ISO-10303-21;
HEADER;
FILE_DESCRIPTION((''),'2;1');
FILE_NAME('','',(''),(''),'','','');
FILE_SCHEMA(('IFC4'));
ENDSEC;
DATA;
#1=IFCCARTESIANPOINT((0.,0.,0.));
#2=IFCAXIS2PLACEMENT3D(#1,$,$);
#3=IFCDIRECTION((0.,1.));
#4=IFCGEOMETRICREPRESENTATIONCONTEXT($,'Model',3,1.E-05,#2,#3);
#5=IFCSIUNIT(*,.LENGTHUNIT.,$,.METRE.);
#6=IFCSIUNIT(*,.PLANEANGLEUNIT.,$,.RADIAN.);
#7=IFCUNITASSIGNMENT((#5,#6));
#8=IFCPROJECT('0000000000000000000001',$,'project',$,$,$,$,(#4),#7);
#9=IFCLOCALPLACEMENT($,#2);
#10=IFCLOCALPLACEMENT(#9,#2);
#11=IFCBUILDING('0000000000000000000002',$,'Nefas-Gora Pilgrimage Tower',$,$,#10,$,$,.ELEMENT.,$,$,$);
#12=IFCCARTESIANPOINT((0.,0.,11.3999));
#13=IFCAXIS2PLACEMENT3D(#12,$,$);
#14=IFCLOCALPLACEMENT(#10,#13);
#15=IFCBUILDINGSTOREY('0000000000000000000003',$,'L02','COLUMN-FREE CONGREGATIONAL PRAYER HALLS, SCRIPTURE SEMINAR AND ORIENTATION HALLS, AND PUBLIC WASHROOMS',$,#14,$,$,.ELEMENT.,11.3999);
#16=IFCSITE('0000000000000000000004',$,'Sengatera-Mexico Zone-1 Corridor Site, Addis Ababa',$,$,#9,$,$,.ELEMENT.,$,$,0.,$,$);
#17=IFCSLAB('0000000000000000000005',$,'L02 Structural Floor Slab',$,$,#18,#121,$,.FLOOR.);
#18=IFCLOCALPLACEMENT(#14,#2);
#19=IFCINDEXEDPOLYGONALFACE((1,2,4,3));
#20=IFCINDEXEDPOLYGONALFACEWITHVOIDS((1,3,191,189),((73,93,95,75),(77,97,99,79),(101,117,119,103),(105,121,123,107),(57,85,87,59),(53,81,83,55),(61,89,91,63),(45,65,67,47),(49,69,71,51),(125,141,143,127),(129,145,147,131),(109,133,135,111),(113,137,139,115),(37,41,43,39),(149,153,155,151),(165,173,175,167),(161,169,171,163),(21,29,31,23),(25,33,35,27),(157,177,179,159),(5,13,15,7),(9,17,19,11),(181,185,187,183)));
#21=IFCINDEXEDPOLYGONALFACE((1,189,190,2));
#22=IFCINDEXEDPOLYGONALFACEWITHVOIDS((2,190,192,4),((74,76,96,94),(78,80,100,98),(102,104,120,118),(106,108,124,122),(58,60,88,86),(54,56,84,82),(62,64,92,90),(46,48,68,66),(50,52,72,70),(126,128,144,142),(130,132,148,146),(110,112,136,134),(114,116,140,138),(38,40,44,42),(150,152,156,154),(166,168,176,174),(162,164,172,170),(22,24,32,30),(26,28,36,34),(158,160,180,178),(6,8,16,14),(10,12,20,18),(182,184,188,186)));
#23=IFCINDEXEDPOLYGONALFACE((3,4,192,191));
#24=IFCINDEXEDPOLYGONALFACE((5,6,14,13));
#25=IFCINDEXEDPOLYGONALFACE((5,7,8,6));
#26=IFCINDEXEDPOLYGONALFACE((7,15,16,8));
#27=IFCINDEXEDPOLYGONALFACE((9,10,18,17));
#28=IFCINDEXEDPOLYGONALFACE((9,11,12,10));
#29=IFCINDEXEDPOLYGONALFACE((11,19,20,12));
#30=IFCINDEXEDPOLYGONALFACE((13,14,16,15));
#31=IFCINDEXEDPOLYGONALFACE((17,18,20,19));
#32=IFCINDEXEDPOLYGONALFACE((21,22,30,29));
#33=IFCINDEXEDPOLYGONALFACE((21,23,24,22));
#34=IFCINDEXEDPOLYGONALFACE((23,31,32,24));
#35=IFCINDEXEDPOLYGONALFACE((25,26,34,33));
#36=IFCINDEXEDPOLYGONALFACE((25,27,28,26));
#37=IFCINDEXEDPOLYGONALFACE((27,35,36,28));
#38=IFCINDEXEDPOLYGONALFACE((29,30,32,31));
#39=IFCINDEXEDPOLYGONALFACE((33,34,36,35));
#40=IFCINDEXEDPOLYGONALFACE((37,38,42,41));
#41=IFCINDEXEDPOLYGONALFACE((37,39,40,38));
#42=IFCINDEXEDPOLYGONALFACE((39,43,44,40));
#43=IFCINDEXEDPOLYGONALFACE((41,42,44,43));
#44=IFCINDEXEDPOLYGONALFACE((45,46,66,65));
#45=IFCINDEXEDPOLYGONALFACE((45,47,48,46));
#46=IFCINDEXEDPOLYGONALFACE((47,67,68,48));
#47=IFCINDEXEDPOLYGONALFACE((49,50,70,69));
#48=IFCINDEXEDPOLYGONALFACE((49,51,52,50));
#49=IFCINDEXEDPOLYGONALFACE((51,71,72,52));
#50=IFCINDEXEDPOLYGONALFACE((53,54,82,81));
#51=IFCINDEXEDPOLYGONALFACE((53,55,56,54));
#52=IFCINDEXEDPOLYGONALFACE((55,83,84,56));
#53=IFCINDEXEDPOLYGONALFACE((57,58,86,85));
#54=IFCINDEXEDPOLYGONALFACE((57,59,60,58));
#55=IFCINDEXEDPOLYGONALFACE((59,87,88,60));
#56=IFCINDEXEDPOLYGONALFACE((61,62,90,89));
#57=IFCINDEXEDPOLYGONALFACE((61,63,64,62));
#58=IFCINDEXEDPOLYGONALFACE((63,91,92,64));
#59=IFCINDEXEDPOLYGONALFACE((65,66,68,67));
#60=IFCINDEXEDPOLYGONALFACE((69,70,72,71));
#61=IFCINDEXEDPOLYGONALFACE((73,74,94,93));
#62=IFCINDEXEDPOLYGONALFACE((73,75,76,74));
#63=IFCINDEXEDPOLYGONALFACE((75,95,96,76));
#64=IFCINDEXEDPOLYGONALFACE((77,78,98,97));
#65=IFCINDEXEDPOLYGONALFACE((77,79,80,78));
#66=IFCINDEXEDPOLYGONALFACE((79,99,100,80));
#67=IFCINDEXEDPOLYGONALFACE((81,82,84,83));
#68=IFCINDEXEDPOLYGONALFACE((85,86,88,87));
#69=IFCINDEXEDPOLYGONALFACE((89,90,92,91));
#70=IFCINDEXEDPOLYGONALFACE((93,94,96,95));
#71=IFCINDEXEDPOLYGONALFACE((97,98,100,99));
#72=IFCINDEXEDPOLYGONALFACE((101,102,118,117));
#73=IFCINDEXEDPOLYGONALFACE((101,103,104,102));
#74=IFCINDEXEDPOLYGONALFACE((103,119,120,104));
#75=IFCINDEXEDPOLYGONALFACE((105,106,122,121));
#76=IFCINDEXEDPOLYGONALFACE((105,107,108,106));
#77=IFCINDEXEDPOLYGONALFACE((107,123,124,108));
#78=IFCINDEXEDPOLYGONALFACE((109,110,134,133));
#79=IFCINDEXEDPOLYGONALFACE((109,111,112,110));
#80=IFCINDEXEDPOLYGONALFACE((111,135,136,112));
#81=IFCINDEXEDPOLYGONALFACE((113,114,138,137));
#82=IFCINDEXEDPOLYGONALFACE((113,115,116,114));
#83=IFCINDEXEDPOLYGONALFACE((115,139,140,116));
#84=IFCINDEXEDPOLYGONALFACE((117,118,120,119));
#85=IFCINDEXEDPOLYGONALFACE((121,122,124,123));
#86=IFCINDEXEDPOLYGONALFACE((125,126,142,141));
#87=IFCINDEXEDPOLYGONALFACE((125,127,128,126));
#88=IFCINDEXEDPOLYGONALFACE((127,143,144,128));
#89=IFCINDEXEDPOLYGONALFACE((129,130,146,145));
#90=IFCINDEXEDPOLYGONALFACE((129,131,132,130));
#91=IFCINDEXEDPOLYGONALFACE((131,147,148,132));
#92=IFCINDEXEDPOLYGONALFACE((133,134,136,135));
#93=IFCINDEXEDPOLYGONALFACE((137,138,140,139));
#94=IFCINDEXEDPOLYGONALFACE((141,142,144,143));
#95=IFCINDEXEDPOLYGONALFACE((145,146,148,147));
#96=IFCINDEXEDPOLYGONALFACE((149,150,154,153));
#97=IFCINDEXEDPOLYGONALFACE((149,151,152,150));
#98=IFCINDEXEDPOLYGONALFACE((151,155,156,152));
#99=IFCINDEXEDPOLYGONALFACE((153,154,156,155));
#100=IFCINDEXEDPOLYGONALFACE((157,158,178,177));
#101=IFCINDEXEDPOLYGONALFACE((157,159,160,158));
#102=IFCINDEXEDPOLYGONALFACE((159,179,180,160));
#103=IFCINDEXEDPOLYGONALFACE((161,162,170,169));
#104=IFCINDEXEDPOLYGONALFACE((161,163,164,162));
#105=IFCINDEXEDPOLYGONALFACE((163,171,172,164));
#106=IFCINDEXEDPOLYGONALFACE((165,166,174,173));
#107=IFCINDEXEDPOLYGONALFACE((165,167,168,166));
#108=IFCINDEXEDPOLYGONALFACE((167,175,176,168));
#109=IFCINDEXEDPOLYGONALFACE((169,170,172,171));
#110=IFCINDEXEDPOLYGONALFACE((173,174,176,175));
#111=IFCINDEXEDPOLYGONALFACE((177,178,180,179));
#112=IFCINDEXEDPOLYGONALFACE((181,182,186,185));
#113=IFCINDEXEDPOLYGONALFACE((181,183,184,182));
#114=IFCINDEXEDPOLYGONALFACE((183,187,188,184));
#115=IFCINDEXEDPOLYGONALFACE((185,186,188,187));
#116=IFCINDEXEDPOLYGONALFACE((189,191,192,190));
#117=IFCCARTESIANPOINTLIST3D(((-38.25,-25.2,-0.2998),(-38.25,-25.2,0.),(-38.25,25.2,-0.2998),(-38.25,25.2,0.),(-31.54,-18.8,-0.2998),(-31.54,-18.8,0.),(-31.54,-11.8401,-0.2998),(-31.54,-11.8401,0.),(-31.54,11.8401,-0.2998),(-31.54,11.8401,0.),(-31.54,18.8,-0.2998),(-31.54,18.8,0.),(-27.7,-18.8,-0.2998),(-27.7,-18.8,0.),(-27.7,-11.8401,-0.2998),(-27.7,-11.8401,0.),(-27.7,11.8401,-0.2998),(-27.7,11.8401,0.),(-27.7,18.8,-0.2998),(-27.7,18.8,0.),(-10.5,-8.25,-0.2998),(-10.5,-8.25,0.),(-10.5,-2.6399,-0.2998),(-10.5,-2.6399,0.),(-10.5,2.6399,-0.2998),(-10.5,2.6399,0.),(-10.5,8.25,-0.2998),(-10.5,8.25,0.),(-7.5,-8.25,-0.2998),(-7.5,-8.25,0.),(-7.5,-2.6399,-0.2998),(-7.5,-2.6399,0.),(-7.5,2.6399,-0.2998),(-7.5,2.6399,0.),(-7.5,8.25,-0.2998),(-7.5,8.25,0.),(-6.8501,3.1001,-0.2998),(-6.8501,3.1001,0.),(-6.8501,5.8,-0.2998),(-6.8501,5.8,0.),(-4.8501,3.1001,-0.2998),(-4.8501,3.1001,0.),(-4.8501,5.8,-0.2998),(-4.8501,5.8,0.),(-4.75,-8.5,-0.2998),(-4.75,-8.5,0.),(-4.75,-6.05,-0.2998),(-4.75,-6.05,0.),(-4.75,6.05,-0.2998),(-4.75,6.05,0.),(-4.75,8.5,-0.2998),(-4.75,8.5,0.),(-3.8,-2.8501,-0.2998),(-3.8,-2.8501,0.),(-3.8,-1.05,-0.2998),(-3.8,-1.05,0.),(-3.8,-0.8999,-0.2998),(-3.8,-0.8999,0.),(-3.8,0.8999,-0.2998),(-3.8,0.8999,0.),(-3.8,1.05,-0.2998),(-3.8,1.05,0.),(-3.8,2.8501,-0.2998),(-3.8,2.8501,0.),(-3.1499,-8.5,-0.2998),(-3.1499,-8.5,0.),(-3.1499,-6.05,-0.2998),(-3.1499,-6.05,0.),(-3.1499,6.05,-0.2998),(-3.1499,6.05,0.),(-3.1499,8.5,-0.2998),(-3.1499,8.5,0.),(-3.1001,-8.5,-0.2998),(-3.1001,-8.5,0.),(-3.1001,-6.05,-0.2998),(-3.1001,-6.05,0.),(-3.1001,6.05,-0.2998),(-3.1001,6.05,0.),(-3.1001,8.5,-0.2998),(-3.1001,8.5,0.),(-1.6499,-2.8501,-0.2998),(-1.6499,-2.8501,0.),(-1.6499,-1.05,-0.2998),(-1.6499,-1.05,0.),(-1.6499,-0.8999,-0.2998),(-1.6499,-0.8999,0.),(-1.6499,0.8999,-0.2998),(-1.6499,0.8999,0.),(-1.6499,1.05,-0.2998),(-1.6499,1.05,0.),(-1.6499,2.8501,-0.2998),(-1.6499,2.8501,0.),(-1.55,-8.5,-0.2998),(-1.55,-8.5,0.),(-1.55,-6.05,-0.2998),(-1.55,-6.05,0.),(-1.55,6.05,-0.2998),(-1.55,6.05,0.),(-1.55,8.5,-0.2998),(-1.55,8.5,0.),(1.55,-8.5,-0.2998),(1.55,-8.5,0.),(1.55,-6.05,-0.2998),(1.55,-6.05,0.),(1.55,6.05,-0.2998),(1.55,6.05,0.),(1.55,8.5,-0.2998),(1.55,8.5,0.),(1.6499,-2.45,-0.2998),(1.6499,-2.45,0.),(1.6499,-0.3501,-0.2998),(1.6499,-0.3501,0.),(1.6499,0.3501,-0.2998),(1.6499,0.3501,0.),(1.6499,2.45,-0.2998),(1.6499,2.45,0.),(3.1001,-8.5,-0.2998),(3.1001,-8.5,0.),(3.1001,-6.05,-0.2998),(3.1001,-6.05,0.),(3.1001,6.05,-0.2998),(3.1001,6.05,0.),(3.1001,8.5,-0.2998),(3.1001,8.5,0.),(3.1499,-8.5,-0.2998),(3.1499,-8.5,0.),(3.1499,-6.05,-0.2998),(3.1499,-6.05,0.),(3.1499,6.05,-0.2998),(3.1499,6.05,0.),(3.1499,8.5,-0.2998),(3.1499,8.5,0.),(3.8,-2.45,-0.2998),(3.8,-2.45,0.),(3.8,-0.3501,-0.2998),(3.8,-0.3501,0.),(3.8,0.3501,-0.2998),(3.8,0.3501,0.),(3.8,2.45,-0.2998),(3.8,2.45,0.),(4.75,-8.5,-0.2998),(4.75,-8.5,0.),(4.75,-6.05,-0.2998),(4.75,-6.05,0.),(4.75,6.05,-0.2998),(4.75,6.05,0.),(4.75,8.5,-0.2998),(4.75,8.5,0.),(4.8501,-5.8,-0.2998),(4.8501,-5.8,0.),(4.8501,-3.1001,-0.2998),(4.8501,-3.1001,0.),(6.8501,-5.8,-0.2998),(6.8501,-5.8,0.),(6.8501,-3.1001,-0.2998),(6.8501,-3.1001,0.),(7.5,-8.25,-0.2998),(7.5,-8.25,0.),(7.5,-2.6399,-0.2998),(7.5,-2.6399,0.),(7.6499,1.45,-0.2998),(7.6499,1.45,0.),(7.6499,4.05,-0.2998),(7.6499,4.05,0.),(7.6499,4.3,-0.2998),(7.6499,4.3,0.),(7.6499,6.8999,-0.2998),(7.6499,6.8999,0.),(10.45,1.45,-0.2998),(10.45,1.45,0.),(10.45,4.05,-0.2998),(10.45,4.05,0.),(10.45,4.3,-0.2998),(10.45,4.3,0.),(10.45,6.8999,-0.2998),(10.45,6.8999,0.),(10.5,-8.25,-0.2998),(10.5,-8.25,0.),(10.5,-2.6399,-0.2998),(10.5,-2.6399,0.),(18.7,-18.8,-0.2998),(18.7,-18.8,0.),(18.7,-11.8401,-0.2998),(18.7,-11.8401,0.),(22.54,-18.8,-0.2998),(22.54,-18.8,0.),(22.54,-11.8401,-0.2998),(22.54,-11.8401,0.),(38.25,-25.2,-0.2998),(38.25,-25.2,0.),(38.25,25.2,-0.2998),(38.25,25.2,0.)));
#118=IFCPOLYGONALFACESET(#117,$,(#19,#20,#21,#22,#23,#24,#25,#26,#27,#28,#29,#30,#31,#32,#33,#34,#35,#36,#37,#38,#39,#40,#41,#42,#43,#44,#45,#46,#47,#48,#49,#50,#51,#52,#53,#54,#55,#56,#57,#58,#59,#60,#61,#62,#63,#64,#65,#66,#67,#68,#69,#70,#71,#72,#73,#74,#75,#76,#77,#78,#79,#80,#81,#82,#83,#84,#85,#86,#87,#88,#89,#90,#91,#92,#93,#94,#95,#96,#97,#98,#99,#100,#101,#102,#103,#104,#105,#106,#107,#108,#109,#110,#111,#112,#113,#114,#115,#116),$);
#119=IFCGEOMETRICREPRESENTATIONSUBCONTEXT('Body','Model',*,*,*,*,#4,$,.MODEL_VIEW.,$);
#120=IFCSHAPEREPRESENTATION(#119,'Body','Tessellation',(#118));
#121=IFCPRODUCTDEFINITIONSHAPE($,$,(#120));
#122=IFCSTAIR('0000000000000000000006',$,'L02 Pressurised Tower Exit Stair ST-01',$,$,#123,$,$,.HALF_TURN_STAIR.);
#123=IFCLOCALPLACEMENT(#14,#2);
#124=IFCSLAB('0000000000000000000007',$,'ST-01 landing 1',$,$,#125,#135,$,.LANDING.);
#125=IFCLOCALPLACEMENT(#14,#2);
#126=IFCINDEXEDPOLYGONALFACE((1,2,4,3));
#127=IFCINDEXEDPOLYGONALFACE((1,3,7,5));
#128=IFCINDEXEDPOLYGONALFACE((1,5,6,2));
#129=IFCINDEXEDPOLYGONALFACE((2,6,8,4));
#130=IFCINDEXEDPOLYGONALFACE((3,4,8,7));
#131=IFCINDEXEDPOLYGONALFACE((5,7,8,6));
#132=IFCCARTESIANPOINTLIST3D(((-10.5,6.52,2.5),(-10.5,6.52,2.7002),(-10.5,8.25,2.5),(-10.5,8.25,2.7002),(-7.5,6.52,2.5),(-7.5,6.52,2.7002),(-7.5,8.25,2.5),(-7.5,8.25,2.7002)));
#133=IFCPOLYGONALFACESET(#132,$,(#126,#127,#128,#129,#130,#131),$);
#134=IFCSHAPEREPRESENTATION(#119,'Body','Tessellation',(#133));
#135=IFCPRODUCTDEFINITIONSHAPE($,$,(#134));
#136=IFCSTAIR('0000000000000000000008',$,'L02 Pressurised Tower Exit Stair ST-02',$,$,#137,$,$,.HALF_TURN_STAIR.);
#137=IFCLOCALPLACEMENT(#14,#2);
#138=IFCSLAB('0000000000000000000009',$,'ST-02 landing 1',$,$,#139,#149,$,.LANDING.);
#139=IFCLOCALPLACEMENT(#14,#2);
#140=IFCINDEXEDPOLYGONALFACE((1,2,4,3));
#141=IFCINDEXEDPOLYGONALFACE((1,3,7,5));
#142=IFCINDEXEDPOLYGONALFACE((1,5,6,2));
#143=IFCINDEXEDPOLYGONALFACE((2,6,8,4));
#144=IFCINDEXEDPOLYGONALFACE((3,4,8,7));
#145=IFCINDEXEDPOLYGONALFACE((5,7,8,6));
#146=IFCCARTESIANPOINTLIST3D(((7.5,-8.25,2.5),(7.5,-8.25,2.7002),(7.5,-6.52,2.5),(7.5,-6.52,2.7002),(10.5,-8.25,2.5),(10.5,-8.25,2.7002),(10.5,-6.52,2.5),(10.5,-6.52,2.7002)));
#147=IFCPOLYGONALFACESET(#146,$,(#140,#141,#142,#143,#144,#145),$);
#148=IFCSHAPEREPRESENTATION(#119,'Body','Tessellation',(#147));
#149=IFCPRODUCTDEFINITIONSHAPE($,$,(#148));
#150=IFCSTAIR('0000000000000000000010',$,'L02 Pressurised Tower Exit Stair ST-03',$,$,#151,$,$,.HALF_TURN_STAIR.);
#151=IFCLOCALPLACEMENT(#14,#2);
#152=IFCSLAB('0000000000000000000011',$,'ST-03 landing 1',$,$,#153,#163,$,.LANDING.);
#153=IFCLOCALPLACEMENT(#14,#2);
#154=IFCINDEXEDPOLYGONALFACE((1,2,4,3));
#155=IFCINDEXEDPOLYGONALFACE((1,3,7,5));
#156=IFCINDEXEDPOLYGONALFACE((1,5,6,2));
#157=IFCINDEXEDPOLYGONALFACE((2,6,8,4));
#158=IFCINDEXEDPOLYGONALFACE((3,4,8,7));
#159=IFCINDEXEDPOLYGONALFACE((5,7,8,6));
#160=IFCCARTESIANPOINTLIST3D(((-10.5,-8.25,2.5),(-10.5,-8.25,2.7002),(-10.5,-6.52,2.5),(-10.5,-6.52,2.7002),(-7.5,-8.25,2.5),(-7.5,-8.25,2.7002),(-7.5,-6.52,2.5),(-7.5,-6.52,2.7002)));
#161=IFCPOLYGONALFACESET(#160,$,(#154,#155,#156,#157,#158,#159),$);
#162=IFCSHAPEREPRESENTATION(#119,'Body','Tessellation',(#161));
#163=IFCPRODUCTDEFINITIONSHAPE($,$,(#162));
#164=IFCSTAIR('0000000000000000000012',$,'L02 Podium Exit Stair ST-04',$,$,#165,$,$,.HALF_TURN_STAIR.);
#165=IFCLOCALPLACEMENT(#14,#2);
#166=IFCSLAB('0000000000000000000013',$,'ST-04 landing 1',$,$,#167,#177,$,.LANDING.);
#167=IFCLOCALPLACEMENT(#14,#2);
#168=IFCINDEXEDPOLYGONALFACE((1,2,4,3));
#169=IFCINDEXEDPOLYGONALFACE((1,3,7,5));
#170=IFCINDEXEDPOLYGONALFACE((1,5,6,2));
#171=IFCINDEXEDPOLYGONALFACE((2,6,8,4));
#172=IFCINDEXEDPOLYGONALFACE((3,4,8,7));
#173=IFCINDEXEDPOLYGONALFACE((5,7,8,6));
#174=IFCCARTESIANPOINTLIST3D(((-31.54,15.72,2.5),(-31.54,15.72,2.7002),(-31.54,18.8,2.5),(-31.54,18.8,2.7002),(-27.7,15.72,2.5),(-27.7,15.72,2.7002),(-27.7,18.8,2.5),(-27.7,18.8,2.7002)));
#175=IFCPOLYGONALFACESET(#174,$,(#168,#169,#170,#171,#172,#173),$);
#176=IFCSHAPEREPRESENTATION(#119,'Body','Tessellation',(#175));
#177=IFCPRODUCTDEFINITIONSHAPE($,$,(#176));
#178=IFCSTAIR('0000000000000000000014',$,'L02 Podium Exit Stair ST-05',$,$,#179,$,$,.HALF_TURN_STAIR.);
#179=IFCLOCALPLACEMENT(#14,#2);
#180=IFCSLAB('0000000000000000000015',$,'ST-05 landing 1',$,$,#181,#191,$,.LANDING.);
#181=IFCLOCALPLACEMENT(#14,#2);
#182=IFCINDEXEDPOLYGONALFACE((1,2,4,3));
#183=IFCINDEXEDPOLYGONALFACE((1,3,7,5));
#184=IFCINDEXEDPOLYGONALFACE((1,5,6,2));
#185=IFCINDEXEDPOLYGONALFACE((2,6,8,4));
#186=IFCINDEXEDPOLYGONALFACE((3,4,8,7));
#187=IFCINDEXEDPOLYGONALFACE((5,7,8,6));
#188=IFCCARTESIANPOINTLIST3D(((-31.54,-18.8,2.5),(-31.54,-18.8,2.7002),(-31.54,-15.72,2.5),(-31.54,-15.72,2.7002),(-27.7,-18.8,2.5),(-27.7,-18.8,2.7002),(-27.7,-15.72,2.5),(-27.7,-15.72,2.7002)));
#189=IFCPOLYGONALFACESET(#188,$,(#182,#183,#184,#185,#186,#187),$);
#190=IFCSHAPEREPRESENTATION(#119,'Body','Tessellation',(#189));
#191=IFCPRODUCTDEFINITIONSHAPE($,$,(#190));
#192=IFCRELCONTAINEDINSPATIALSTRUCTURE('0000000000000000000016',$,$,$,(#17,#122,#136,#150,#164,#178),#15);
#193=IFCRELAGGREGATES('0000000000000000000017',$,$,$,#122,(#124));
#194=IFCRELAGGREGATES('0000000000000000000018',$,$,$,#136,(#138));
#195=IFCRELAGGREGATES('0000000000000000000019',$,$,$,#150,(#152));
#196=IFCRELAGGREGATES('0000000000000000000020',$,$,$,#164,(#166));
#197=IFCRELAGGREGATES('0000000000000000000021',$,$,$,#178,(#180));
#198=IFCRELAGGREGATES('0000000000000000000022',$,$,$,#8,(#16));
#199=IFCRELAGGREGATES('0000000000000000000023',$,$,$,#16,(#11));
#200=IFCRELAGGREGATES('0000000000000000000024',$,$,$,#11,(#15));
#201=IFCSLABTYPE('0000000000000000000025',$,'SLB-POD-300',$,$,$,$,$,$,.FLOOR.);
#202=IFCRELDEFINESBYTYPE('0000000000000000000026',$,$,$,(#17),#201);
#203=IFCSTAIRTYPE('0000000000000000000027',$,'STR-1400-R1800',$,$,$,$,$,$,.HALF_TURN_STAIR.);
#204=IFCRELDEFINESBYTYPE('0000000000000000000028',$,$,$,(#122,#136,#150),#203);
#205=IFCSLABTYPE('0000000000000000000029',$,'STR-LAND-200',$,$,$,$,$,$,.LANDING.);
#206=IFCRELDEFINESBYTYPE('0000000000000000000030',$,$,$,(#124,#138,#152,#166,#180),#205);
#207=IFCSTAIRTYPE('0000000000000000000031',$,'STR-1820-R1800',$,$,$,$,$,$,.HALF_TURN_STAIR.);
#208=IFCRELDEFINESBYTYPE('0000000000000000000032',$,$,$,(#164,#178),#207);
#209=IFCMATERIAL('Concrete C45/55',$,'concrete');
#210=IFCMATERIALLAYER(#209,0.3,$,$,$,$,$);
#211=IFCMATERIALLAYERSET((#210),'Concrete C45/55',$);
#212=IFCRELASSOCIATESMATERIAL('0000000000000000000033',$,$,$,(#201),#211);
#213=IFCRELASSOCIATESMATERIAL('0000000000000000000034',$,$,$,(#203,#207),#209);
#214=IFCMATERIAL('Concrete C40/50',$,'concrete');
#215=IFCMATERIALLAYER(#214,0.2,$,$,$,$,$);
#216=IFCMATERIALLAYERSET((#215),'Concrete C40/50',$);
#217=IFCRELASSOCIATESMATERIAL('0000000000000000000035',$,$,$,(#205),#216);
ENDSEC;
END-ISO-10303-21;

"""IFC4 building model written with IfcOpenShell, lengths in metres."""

from ifc_helpers import new_model, si_unit, direction, frame, origin, place, context, subcontext, project, spatial, polyline, outline, extrude, material, layer, layer_set, type_object, element, aggregate, save


model = new_model("IFC4")

# Units and contexts
model_context = context("Model", 3, precision=1e-05, world=origin(), true_north=direction((0.0, 1.0)))
body_context = subcontext(model_context, "Body", "Model", "MODEL_VIEW")
ifc_project = project(units=[si_unit("LENGTHUNIT", "METRE"), si_unit("PLANEANGLEUNIT", "RADIAN")], contexts=[model_context])

# Site, building, storey
site_placement = place(None, origin())
site = spatial("IfcSite", under=ifc_project, at=site_placement, Name="Sengatera-Mexico Zone-1 Corridor Site, Addis Ababa", CompositionType="ELEMENT", RefElevation=0.0)
building_placement = place(site_placement, origin())
building = spatial("IfcBuilding", under=site, at=building_placement, Name="Nefas-Gora Pilgrimage Tower", CompositionType="ELEMENT")
storey_placement = place(building_placement, frame((0.0, 0.0, 11.3999)))
storey = spatial("IfcBuildingStorey", under=building, at=storey_placement, Name="L02", Description="COLUMN-FREE CONGREGATIONAL PRAYER HALLS, SCRIPTURE SEMINAR AND ORIENTATION HALLS, AND PUBLIC WASHROOMS", CompositionType="ELEMENT", Elevation=11.3999)

# Slab
ifc_material_1 = material(Name="Concrete C45/55", Category="concrete")
ifc_layer_1 = layer(ifc_material_1, 0.3)
ifc_layer_set_1 = layer_set([ifc_layer_1], Name="Concrete C45/55")
slab_type_1 = type_object("IfcSlabType", Name="SLB-POD-300", PredefinedType="FLOOR", material=ifc_layer_set_1)
slab_1_placement = place(storey_placement, frame((0.0, 0.0, -0.2998)))
element("IfcSlab", 1, at=slab_1_placement, inside=storey, type_object=slab_type_1, Name="L02 Structural Floor Slab", PredefinedType="FLOOR", context=body_context, shape_type="SweptSolid", body=[
    extrude(outline(polyline([(38.25, -25.2), (38.25, 25.2), (-38.25, 25.2), (-38.25, -25.2), (38.25, -25.2)]), holes=[polyline([(-10.5, 2.6399), (-10.5, 8.25), (-7.5, 8.25), (-7.5, 2.6399), (-10.5, 2.6399)]), polyline([(10.5, -2.6399), (10.5, -8.25), (7.5, -8.25), (7.5, -2.6399), (10.5, -2.6399)]), polyline([(-7.5, -2.6399), (-7.5, -8.25), (-10.5, -8.25), (-10.5, -2.6399), (-7.5, -2.6399)]), polyline([(-31.54, 11.8401), (-31.54, 18.8), (-27.7, 18.8), (-27.7, 11.8401), (-31.54, 11.8401)]), polyline([(-27.7, -11.8401), (-27.7, -18.8), (-31.54, -18.8), (-31.54, -11.8401), (-27.7, -11.8401)]), polyline([(22.54, -11.8401), (22.54, -18.8), (18.7, -18.8), (18.7, -11.8401), (22.54, -11.8401)]), polyline([(-6.8501, 5.8), (-4.8501, 5.8), (-4.8501, 3.1001), (-6.8501, 3.1001), (-6.8501, 5.8)]), polyline([(4.8501, -3.1001), (6.8501, -3.1001), (6.8501, -5.8), (4.8501, -5.8), (4.8501, -3.1001)]), polyline([(7.6499, 4.05), (10.45, 4.05), (10.45, 1.45), (7.6499, 1.45), (7.6499, 4.05)]), polyline([(7.6499, 6.8999), (10.45, 6.8999), (10.45, 4.3), (7.6499, 4.3), (7.6499, 6.8999)]), polyline([(-4.75, 8.5), (-3.1499, 8.5), (-3.1499, 6.05), (-4.75, 6.05), (-4.75, 8.5)]), polyline([(-3.1001, 8.5), (-1.55, 8.5), (-1.55, 6.05), (-3.1001, 6.05), (-3.1001, 8.5)]), polyline([(1.55, 8.5), (3.1001, 8.5), (3.1001, 6.05), (1.55, 6.05), (1.55, 8.5)]), polyline([(3.1499, 8.5), (4.75, 8.5), (4.75, 6.05), (3.1499, 6.05), (3.1499, 8.5)]), polyline([(-4.75, -6.05), (-3.1499, -6.05), (-3.1499, -8.5), (-4.75, -8.5), (-4.75, -6.05)]), polyline([(-3.1001, -6.05), (-1.55, -6.05), (-1.55, -8.5), (-3.1001, -8.5), (-3.1001, -6.05)]), polyline([(1.55, -6.05), (3.1001, -6.05), (3.1001, -8.5), (1.55, -8.5), (1.55, -6.05)]), polyline([(3.1499, -6.05), (4.75, -6.05), (4.75, -8.5), (3.1499, -8.5), (3.1499, -6.05)]), polyline([(-3.8, -1.05), (-1.6499, -1.05), (-1.6499, -2.8501), (-3.8, -2.8501), (-3.8, -1.05)]), polyline([(-3.8, 0.8999), (-1.6499, 0.8999), (-1.6499, -0.8999), (-3.8, -0.8999), (-3.8, 0.8999)]), polyline([(-3.8, 2.8501), (-1.6499, 2.8501), (-1.6499, 1.05), (-3.8, 1.05), (-3.8, 2.8501)]), polyline([(1.6499, -0.3501), (3.8, -0.3501), (3.8, -2.45), (1.6499, -2.45), (1.6499, -0.3501)]), polyline([(1.6499, 2.45), (3.8, 2.45), (3.8, 0.3501), (1.6499, 0.3501), (1.6499, 2.45)])]), origin(), (0.0, 0.0, 1.0), 0.2998),
])

# Stairs, slabs
stair_type_1 = type_object("IfcStairType", Name="STR-1400-R1800", PredefinedType="HALF_TURN_STAIR", material=ifc_material_1)
stair_1_placement = place(storey_placement, origin())
stair_1 = element("IfcStair", 2, at=stair_1_placement, inside=storey, type_object=stair_type_1, Name="L02 Pressurised Tower Exit Stair ST-01", PredefinedType="HALF_TURN_STAIR")
ifc_material_2 = material(Name="Concrete C40/50", Category="concrete")
ifc_layer_2 = layer(ifc_material_2, 0.2)
ifc_layer_set_2 = layer_set([ifc_layer_2], Name="Concrete C40/50")
slab_type_2 = type_object("IfcSlabType", Name="STR-LAND-200", PredefinedType="LANDING", material=ifc_layer_set_2)
slab_2_placement = place(storey_placement, frame((0.0, 0.0, 2.5)))
slab_2 = element("IfcSlab", 3, at=slab_2_placement, type_object=slab_type_2, Name="ST-01 landing 1", PredefinedType="LANDING", context=body_context, shape_type="SweptSolid", body=[
    extrude(outline(polyline([(-7.5, 6.52), (-7.5, 8.25), (-10.5, 8.25), (-10.5, 6.52), (-7.5, 6.52)])), origin(), (0.0, 0.0, 1.0), 0.2002),
])
aggregate(stair_1, [slab_2])
stair_2_placement = place(storey_placement, origin())
stair_2 = element("IfcStair", 4, at=stair_2_placement, inside=storey, type_object=stair_type_1, Name="L02 Pressurised Tower Exit Stair ST-02", PredefinedType="HALF_TURN_STAIR")
slab_3_placement = place(storey_placement, frame((0.0, 0.0, 2.5)))
slab_3 = element("IfcSlab", 5, at=slab_3_placement, type_object=slab_type_2, Name="ST-02 landing 1", PredefinedType="LANDING", context=body_context, shape_type="SweptSolid", body=[
    extrude(outline(polyline([(7.5, -6.52), (7.5, -8.25), (10.5, -8.25), (10.5, -6.52), (7.5, -6.52)])), origin(), (0.0, 0.0, 1.0), 0.2002),
])
aggregate(stair_2, [slab_3])
stair_3_placement = place(storey_placement, origin())
stair_3 = element("IfcStair", 6, at=stair_3_placement, inside=storey, type_object=stair_type_1, Name="L02 Pressurised Tower Exit Stair ST-03", PredefinedType="HALF_TURN_STAIR")
slab_4_placement = place(storey_placement, frame((0.0, 0.0, 2.5)))
slab_4 = element("IfcSlab", 7, at=slab_4_placement, type_object=slab_type_2, Name="ST-03 landing 1", PredefinedType="LANDING", context=body_context, shape_type="SweptSolid", body=[
    extrude(outline(polyline([(-10.5, -6.52), (-10.5, -8.25), (-7.5, -8.25), (-7.5, -6.52), (-10.5, -6.52)])), origin(), (0.0, 0.0, 1.0), 0.2002),
])
aggregate(stair_3, [slab_4])
stair_type_2 = type_object("IfcStairType", Name="STR-1820-R1800", PredefinedType="HALF_TURN_STAIR", material=ifc_material_1)
stair_4_placement = place(storey_placement, origin())
stair_4 = element("IfcStair", 8, at=stair_4_placement, inside=storey, type_object=stair_type_2, Name="L02 Podium Exit Stair ST-04", PredefinedType="HALF_TURN_STAIR")
slab_5_placement = place(storey_placement, frame((0.0, 0.0, 2.5)))
slab_5 = element("IfcSlab", 9, at=slab_5_placement, type_object=slab_type_2, Name="ST-04 landing 1", PredefinedType="LANDING", context=body_context, shape_type="SweptSolid", body=[
    extrude(outline(polyline([(-27.7, 15.72), (-27.7, 18.8), (-31.54, 18.8), (-31.54, 15.72), (-27.7, 15.72)])), origin(), (0.0, 0.0, 1.0), 0.2002),
])
aggregate(stair_4, [slab_5])
stair_5_placement = place(storey_placement, origin())
stair_5 = element("IfcStair", 10, at=stair_5_placement, inside=storey, type_object=stair_type_2, Name="L02 Podium Exit Stair ST-05", PredefinedType="HALF_TURN_STAIR")
slab_6_placement = place(storey_placement, frame((0.0, 0.0, 2.5)))
slab_6 = element("IfcSlab", 11, at=slab_6_placement, type_object=slab_type_2, Name="ST-05 landing 1", PredefinedType="LANDING", context=body_context, shape_type="SweptSolid", body=[
    extrude(outline(polyline([(-31.54, -15.72), (-31.54, -18.8), (-27.7, -18.8), (-27.7, -15.72), (-31.54, -15.72)])), origin(), (0.0, 0.0, 1.0), 0.2002),
])
aggregate(stair_5, [slab_6])

save(model, "model.ifc")
